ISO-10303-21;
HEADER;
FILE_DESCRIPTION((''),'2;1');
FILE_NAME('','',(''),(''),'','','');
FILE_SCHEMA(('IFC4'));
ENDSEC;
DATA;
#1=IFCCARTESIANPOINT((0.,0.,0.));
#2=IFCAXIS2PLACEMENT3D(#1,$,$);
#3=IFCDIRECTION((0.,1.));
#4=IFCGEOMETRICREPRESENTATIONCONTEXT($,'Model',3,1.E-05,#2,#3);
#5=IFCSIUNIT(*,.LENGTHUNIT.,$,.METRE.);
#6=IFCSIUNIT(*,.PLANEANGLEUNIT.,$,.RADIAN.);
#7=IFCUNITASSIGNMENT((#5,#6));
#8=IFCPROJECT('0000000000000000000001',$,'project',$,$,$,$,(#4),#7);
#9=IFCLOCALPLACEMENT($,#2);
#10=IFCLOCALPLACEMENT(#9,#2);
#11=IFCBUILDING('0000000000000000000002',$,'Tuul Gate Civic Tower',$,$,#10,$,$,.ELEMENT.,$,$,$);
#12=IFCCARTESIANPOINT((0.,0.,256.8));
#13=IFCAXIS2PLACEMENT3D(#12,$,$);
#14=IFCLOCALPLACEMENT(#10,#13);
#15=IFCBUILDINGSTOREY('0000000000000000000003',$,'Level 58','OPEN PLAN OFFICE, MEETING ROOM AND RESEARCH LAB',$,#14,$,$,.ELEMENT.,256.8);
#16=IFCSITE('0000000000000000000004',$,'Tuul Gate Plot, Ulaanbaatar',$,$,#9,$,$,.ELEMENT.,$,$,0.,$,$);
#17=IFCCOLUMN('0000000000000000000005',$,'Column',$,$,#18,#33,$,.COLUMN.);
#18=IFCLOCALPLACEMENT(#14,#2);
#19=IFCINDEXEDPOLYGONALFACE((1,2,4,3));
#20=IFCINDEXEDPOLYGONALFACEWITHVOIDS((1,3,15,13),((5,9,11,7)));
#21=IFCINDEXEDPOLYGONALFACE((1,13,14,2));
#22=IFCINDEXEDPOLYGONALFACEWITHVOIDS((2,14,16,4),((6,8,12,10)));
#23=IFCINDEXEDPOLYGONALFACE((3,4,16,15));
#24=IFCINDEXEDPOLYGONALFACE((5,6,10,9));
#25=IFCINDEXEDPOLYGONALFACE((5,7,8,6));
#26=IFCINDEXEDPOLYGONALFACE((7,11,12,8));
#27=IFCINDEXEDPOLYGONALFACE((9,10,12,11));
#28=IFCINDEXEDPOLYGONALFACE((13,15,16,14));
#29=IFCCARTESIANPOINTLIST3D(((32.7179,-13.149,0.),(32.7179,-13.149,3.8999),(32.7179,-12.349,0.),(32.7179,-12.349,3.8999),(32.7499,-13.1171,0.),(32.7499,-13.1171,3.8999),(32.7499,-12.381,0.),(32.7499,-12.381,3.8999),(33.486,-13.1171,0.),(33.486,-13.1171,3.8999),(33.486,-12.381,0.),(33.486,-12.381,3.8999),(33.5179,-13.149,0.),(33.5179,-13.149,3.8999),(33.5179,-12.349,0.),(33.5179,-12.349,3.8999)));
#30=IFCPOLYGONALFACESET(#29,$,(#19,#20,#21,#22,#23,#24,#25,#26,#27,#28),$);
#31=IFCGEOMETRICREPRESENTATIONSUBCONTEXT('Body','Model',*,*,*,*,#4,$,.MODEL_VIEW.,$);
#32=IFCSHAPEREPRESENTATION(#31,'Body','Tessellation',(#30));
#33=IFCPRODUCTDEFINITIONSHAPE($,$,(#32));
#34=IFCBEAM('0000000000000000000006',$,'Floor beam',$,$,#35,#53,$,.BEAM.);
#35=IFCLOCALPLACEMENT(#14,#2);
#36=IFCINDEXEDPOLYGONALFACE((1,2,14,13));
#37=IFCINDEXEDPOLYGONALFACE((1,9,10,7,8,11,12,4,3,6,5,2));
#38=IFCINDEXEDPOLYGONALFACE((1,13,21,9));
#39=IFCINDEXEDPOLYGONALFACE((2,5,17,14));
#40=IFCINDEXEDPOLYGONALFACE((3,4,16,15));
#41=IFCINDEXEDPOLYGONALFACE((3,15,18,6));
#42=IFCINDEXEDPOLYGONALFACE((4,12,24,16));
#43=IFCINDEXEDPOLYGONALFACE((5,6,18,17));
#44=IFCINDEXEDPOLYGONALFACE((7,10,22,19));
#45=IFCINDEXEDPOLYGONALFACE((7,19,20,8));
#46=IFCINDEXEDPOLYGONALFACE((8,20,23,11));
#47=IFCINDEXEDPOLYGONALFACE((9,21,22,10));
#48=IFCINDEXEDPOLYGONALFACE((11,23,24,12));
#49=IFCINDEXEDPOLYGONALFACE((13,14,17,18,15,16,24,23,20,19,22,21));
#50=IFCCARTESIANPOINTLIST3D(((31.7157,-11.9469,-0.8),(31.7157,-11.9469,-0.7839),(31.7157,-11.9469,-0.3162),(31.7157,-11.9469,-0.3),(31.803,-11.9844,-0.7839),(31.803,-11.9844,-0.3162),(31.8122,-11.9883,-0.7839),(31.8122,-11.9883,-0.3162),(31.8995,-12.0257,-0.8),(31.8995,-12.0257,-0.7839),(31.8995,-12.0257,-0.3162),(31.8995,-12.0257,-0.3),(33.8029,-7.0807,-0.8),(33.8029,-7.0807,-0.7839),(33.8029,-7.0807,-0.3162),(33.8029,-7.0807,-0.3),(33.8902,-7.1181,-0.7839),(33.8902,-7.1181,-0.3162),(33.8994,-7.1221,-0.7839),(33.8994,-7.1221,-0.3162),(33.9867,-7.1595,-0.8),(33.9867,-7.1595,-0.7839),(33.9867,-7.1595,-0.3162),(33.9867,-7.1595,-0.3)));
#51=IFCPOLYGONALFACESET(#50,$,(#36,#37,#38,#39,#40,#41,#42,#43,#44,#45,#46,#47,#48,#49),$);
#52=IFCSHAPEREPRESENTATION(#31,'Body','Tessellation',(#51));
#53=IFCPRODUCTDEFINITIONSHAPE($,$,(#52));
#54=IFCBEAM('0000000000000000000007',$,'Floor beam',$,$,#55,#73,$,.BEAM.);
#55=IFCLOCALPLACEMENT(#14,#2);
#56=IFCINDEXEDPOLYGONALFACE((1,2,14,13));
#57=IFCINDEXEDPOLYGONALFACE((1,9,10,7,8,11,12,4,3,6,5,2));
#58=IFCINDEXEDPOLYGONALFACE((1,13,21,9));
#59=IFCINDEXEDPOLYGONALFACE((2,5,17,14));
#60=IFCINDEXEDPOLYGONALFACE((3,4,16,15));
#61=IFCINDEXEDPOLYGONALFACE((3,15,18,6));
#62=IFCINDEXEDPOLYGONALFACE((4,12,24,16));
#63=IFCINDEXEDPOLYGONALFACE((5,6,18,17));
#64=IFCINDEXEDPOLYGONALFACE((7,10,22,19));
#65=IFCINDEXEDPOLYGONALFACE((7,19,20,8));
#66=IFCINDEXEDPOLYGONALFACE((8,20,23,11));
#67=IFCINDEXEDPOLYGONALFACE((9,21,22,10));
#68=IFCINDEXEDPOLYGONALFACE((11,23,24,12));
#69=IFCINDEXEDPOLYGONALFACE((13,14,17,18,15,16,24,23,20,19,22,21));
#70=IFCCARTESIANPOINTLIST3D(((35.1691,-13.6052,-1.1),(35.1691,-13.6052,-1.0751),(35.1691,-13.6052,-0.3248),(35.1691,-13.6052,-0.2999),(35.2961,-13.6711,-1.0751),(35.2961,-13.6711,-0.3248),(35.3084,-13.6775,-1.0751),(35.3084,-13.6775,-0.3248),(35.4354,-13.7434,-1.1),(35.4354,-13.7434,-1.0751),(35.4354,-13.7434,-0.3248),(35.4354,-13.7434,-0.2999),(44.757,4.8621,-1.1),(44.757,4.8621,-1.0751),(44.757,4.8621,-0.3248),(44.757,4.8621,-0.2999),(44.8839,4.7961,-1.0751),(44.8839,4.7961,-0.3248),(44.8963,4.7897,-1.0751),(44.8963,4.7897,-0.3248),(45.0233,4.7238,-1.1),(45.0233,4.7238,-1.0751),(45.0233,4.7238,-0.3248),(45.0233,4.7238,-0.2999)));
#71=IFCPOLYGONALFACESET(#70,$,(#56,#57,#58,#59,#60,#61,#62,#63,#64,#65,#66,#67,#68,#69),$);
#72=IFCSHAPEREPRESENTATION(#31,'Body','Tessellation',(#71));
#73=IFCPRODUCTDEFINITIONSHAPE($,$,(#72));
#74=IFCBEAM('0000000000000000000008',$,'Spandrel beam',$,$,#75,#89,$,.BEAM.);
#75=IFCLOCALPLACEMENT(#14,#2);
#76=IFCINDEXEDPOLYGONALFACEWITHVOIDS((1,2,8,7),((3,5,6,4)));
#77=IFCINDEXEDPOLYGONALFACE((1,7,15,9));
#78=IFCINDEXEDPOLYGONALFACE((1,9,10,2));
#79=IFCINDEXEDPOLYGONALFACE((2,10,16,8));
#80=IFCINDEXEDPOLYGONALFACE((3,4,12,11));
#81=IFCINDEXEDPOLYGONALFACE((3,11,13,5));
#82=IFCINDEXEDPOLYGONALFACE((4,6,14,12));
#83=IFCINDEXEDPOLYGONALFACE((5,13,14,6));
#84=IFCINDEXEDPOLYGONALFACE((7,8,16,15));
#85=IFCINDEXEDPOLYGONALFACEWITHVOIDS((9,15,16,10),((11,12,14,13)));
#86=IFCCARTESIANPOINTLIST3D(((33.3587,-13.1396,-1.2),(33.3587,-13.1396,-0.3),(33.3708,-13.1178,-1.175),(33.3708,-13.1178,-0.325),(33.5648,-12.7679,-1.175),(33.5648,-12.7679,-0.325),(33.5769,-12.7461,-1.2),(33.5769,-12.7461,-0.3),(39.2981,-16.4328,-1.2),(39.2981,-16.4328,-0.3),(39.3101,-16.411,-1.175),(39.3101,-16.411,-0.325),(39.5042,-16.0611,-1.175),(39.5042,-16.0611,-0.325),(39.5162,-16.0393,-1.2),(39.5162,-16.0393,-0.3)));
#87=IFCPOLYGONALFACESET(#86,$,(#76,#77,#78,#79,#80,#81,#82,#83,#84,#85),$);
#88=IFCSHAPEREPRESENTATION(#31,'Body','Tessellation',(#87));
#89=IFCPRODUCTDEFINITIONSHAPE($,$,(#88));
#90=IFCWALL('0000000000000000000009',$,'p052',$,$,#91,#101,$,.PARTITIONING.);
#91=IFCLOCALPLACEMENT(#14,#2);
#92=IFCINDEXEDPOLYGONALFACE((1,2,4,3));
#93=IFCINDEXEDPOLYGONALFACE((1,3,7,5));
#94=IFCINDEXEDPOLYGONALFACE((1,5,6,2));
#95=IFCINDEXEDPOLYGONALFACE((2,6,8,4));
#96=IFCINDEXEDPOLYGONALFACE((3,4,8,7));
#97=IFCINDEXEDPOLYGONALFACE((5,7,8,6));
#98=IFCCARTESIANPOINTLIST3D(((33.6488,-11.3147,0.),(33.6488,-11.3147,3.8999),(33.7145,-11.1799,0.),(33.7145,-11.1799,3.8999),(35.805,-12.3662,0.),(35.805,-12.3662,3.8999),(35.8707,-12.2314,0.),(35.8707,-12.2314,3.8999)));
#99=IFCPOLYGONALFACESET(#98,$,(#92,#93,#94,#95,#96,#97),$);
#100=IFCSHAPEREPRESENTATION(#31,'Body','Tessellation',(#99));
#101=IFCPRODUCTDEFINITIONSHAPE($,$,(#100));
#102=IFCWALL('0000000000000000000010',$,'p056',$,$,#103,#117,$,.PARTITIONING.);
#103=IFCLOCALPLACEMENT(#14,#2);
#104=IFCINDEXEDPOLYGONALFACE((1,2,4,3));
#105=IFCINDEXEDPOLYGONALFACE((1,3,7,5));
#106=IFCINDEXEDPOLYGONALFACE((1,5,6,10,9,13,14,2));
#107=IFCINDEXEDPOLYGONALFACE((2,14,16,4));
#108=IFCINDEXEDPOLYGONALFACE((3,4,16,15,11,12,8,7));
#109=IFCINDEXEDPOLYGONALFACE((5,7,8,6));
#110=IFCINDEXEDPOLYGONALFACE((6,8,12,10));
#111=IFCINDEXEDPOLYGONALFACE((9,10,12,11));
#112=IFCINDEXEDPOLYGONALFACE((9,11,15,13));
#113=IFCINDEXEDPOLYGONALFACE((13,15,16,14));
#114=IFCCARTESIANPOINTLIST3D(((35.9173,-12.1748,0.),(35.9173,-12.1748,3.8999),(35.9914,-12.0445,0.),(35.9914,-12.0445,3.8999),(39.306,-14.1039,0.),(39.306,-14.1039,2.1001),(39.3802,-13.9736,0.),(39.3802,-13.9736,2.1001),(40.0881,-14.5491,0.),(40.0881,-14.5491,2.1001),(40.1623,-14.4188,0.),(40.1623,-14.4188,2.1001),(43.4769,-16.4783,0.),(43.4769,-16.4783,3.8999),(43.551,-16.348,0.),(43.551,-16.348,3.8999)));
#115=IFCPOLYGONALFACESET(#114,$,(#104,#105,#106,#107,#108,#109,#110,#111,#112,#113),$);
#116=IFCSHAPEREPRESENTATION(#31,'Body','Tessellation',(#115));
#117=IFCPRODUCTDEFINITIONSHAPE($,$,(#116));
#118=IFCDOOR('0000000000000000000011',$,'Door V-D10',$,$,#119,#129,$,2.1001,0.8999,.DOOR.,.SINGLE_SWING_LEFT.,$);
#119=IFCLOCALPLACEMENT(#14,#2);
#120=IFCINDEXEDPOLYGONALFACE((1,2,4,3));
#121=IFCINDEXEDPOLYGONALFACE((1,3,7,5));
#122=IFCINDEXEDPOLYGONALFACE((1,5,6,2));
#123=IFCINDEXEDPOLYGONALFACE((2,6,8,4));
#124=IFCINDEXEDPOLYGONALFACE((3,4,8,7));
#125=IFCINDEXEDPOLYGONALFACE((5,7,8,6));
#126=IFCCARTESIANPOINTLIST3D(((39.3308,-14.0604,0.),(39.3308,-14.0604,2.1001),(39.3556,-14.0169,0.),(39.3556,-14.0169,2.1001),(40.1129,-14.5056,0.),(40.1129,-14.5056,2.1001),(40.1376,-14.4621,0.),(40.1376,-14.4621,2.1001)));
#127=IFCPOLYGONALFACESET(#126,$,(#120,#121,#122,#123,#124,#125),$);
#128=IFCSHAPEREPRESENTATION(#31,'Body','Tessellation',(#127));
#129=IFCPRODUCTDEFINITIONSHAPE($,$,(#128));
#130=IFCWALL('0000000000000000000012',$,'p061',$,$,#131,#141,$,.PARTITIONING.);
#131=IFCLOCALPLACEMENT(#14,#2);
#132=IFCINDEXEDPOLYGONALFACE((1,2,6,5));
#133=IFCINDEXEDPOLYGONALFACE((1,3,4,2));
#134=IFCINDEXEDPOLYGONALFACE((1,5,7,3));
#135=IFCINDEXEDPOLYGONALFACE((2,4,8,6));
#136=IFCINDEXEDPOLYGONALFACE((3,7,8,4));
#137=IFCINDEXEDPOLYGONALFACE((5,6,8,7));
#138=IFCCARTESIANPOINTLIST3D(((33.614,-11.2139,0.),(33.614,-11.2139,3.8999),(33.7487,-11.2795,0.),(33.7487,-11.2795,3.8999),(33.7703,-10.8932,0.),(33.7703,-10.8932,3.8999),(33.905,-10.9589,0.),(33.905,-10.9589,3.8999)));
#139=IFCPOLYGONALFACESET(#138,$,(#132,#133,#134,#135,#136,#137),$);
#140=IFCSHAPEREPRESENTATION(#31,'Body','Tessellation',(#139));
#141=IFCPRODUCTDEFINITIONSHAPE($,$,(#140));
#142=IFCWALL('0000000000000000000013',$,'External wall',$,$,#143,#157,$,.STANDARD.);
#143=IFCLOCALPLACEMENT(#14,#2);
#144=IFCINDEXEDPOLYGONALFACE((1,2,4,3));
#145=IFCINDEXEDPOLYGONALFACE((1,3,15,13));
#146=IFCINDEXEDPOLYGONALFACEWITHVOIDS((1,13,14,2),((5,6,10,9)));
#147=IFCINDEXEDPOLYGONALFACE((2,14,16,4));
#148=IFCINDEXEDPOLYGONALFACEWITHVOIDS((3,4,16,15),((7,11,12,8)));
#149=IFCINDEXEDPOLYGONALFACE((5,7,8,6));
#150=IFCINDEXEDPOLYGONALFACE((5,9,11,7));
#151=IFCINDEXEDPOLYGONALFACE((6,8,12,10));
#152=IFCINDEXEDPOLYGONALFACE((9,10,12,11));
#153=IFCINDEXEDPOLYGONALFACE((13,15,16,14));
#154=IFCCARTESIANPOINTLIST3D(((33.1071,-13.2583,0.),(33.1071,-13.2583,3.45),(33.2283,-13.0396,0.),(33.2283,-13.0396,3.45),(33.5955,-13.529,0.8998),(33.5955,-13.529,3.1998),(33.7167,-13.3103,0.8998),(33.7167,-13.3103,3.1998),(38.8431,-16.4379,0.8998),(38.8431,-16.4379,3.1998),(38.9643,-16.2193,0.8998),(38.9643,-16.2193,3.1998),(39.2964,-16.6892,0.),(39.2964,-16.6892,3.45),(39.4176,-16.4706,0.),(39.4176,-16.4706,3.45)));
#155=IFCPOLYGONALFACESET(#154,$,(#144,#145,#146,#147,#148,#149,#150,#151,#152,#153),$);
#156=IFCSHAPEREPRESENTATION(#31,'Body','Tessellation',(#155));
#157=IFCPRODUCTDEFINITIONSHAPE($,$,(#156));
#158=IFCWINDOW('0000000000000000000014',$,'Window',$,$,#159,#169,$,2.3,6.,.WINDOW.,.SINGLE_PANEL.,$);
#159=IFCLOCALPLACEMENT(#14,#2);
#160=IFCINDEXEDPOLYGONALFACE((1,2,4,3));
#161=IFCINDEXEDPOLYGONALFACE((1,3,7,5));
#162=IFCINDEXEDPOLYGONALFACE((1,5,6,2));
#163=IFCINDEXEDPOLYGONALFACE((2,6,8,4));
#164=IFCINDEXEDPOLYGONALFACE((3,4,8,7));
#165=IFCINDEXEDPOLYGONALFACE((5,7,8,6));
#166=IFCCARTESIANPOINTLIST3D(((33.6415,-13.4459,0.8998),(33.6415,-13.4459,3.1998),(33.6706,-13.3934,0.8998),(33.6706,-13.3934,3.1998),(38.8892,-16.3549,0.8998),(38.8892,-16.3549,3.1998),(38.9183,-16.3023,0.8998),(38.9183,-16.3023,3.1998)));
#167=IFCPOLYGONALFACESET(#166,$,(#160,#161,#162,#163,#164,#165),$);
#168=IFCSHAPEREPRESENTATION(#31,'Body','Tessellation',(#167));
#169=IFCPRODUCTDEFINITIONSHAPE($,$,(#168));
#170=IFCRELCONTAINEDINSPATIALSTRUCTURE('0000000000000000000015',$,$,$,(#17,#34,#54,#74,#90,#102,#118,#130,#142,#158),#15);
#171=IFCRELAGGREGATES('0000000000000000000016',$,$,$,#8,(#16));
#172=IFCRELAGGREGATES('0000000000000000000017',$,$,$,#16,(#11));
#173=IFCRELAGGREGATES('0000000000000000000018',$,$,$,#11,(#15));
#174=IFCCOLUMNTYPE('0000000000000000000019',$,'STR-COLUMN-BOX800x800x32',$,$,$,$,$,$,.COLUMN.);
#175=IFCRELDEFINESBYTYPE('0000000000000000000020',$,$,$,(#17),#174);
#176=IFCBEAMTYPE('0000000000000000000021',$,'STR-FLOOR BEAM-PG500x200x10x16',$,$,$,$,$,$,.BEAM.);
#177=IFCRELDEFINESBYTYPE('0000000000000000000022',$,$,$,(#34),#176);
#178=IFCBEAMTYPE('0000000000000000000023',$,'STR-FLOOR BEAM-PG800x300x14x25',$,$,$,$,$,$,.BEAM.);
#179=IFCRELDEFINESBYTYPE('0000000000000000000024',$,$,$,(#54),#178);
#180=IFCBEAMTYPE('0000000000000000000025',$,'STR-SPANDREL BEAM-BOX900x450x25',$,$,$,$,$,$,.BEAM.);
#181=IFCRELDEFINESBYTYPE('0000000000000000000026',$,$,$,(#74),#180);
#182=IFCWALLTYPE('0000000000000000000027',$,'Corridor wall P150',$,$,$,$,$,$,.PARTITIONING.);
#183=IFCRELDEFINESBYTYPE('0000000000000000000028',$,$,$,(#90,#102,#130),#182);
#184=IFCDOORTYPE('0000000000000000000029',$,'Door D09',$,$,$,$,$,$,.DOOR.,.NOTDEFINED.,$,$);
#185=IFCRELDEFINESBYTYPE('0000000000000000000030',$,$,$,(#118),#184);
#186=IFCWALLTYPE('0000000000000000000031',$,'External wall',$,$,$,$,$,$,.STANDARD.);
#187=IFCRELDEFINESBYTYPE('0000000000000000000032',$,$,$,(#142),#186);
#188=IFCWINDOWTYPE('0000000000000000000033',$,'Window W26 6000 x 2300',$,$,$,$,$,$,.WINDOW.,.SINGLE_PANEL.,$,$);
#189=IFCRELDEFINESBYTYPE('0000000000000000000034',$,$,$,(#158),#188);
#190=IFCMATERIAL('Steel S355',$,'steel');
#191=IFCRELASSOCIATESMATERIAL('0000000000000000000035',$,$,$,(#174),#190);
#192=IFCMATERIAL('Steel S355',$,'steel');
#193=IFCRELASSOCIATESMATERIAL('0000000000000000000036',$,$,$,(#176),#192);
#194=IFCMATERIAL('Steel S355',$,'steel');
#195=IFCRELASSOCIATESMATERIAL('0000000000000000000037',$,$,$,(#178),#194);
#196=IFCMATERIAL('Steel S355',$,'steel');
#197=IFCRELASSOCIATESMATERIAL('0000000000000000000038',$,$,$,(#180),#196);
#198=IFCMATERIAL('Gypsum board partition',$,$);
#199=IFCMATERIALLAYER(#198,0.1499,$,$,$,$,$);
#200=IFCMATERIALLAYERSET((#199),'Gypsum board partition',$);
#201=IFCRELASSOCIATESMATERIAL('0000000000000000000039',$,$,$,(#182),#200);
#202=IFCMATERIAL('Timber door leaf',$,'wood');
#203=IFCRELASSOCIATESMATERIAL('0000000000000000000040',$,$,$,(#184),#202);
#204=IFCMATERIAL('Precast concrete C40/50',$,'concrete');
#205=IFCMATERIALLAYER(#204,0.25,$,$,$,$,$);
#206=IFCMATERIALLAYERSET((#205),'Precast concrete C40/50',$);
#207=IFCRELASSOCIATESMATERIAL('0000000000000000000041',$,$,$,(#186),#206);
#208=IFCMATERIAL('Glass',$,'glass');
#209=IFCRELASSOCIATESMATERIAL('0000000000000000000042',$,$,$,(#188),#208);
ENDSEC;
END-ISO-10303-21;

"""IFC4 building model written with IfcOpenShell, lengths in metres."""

from ifc_helpers import new_model, si_unit, direction, frame, frame_2d, origin, origin_2d, place, context, subcontext, project, spatial, rectangle, hollow_rectangle, i_section, extrude, material, layer, layer_set, material_profile, profile_set, type_object, element, fill, save


model = new_model("IFC4")

# Units and contexts
model_context = context("Model", 3, precision=1e-05, world=origin(), true_north=direction((0.0, 1.0)))
body_context = subcontext(model_context, "Body", "Model", "MODEL_VIEW")
ifc_project = project(units=[si_unit("LENGTHUNIT", "METRE"), si_unit("PLANEANGLEUNIT", "RADIAN")], contexts=[model_context])

# Site, building, storey
site_placement = place(None, origin())
site = spatial("IfcSite", under=ifc_project, at=site_placement, Name="Tuul Gate Plot, Ulaanbaatar", CompositionType="ELEMENT", RefElevation=0.0)
building_placement = place(site_placement, origin())
building = spatial("IfcBuilding", under=site, at=building_placement, Name="Tuul Gate Civic Tower", CompositionType="ELEMENT")
storey_placement = place(building_placement, frame((0.0, 0.0, 256.8)))
storey = spatial("IfcBuildingStorey", under=building, at=storey_placement, Name="Level 58", Description="OPEN PLAN OFFICE, MEETING ROOM AND RESEARCH LAB", CompositionType="ELEMENT", Elevation=256.8)

# Column
ifc_material_1 = material(Name="Steel S355", Category="steel")
ifc_material_profile_1 = material_profile(ifc_material_1, hollow_rectangle(XDim=0.8, YDim=0.8, WallThickness=0.032, at=origin_2d()), Name="BOX800x800x32")
ifc_profile_set_1 = profile_set([ifc_material_profile_1], Name="Steel S355")
column_type = type_object("IfcColumnType", Name="STR-COLUMN-BOX800x800x32", PredefinedType="COLUMN", material=ifc_profile_set_1)
column_placement = place(storey_placement, frame((33.1179, -12.749, 0.0), z_axis=(0.0, 0.0, 1.0), x_axis=(1.0, 0.0, 0.0)))
element("IfcColumn", 1, at=column_placement, inside=storey, type_object=column_type, Name="Column", PredefinedType="COLUMN", context=body_context, shape_type="SweptSolid", body=[
    extrude(hollow_rectangle(XDim=0.8, YDim=0.8, WallThickness=0.032, at=origin_2d()), origin(), (0.0, 0.0, 1.0), 3.8999),
])

# Beams
ifc_material_2 = material(Name="Steel S355", Category="steel")
ifc_material_profile_2 = material_profile(ifc_material_2, i_section(OverallWidth=0.2, OverallDepth=0.5, WebThickness=0.01, FlangeThickness=0.0161, at=origin_2d()), Name="PG500x200x10x16")
ifc_profile_set_2 = profile_set([ifc_material_profile_2], Name="Steel S355")
beam_type_1 = type_object("IfcBeamType", Name="STR-FLOOR BEAM-PG500x200x10x16", PredefinedType="BEAM", material=ifc_profile_set_2)
beam_1_placement = place(storey_placement, frame((31.8076, -11.9863, -0.55), z_axis=(0.394181, 0.919033, 0.0), x_axis=(-0.919033, 0.394181, 0.0)))
element("IfcBeam", 2, at=beam_1_placement, inside=storey, type_object=beam_type_1, Name="Floor beam", PredefinedType="BEAM", context=body_context, shape_type="SweptSolid", body=[
    extrude(i_section(OverallWidth=0.2, OverallDepth=0.5, WebThickness=0.01, FlangeThickness=0.0161, at=origin_2d()), origin(), (0.0, 0.0, 1.0), 5.2949),
])
ifc_material_3 = material(Name="Steel S355", Category="steel")
ifc_material_profile_3 = material_profile(ifc_material_3, i_section(OverallWidth=0.3, OverallDepth=0.8, WebThickness=0.0139, FlangeThickness=0.0249, at=origin_2d()), Name="PG800x300x14x25")
ifc_profile_set_3 = profile_set([ifc_material_profile_3], Name="Steel S355")
beam_type_2 = type_object("IfcBeamType", Name="STR-FLOOR BEAM-PG800x300x14x25", PredefinedType="BEAM", material=ifc_profile_set_3)
beam_2_placement = place(storey_placement, frame((35.3022, -13.6743, -0.7), z_axis=(0.460782, 0.887514, 0.0), x_axis=(-0.887514, 0.460782, 0.0)))
element("IfcBeam", 3, at=beam_2_placement, inside=storey, type_object=beam_type_2, Name="Floor beam", PredefinedType="BEAM", context=body_context, shape_type="SweptSolid", body=[
    extrude(i_section(OverallWidth=0.3, OverallDepth=0.8, WebThickness=0.0139, FlangeThickness=0.0249, at=origin_2d()), origin(), (0.0, 0.0, 1.0), 20.8079),
])
ifc_material_4 = material(Name="Steel S355", Category="steel")
ifc_material_profile_4 = material_profile(ifc_material_4, hollow_rectangle(XDim=0.45, YDim=0.8999, WallThickness=0.0249, at=origin_2d()), Name="BOX900x450x25")
ifc_profile_set_4 = profile_set([ifc_material_profile_4], Name="Steel S355")
beam_type_3 = type_object("IfcBeamType", Name="STR-SPANDREL BEAM-BOX900x450x25", PredefinedType="BEAM", material=ifc_profile_set_4)
beam_3_placement = place(storey_placement, frame((33.4678, -12.9429, -0.75), z_axis=(0.874562, -0.484913, 0.0), x_axis=(0.484913, 0.874562, 0.0)))
element("IfcBeam", 4, at=beam_3_placement, inside=storey, type_object=beam_type_3, Name="Spandrel beam", PredefinedType="BEAM", context=body_context, shape_type="SweptSolid", body=[
    extrude(hollow_rectangle(XDim=0.45, YDim=0.8999, WallThickness=0.0249, at=origin_2d()), origin(), (0.0, 0.0, 1.0), 6.7913),
])

# Wall
ifc_material_5 = material(Name="Gypsum board partition")
ifc_layer_1 = layer(ifc_material_5, 0.1499)
ifc_layer_set_1 = layer_set([ifc_layer_1], Name="Gypsum board partition")
wall_type_1 = type_object("IfcWallType", Name="Corridor wall P150", PredefinedType="PARTITIONING", material=ifc_layer_set_1)
wall_1_placement = place(storey_placement, frame((33.6816, -11.2473, 0.0), z_axis=(0.0, 0.0, 1.0), x_axis=(0.89882, -0.438317, 0.0)))
element("IfcWall", 5, at=wall_1_placement, inside=storey, type_object=wall_type_1, Name="p052", PredefinedType="PARTITIONING", context=body_context, shape_type="SweptSolid", body=[
    extrude(rectangle(XDim=2.3989, YDim=0.1499, at=frame_2d((1.1995, 0.0))), origin(), (0.0, 0.0, 1.0), 3.8999),
])

# Wall, opening, door
wall_2_placement = place(storey_placement, frame((35.9543, -12.1096, 0.0), z_axis=(0.0, 0.0, 1.0), x_axis=(0.869049, -0.494727, 0.0)))
wall_2 = element("IfcWall", 6, at=wall_2_placement, inside=storey, type_object=wall_type_1, Name="p056", PredefinedType="PARTITIONING", context=body_context, shape_type="SweptSolid", body=[
    extrude(rectangle(XDim=8.6987, YDim=0.1499, at=frame_2d((4.3494, 0.0))), origin(), (0.0, 0.0, 1.0), 3.8999),
])
opening_1_placement = place(wall_2_placement, frame((3.8994, 0.0, 0.0)))
opening_1 = element("IfcOpeningElement", 7, at=opening_1_placement, cuts=wall_2, PredefinedType="OPENING", context=body_context, shape_type="SweptSolid", body=[
    extrude(rectangle(XDim=0.8999, YDim=2.1001, at=frame_2d((0.45, 1.05))), frame((0.0, 0.085, 0.0), z_axis=(0.0, -1.0, 0.0), x_axis=(1.0, 0.0, 0.0)), (0.0, 0.0, 1.0), 0.1699),
])
ifc_material_6 = material(Name="Timber door leaf", Category="wood")
door_type = type_object("IfcDoorType", Name="Door D09", OperationType="NOTDEFINED", PredefinedType="DOOR", material=ifc_material_6)
door_placement = place(opening_1_placement, frame((0.8999, 0.0, 0.0), z_axis=(0.0, 0.0, 1.0), x_axis=(-1.0, 0.0, 0.0)))
door = element("IfcDoor", 8, at=door_placement, inside=storey, type_object=door_type, Name="Door V-D10", OperationType="SINGLE_SWING_LEFT", OverallHeight=2.1001, OverallWidth=0.8999, PredefinedType="DOOR", context=body_context, shape_type="SweptSolid", body=[
    extrude(rectangle(XDim=0.8999, YDim=2.1001, at=frame_2d((0.45, 1.05))), frame((0.0, 0.0249, 0.0), z_axis=(0.0, -1.0, 0.0), x_axis=(1.0, 0.0, 0.0)), (0.0, 0.0, 1.0), 0.05),
])
fill(opening_1, door)

# Wall
wall_3_placement = place(storey_placement, frame((33.6814, -11.2466, 0.0), z_axis=(0.0, 0.0, 1.0), x_axis=(0.438154, 0.8989, 0.0)))
element("IfcWall", 9, at=wall_3_placement, inside=storey, type_object=wall_type_1, Name="p061", PredefinedType="PARTITIONING", context=body_context, shape_type="SweptSolid", body=[
    extrude(rectangle(XDim=0.3567, YDim=0.1499, at=frame_2d((0.1782, 0.0))), origin(), (0.0, 0.0, 1.0), 3.8999),
])

# Wall, opening, window
ifc_material_7 = material(Name="Precast concrete C40/50", Category="concrete")
ifc_layer_2 = layer(ifc_material_7, 0.25)
ifc_layer_set_2 = layer_set([ifc_layer_2], Name="Precast concrete C40/50")
wall_type_2 = type_object("IfcWallType", Name="External wall", PredefinedType="STANDARD", material=ifc_layer_set_2)
wall_4_placement = place(storey_placement, frame((33.1677, -13.1489, 0.0), z_axis=(0.0, 0.0, 1.0), x_axis=(0.874609, -0.484828, 0.0)))
wall_4 = element("IfcWall", 10, at=wall_4_placement, inside=storey, type_object=wall_type_2, Name="External wall", PredefinedType="STANDARD", context=body_context, shape_type="SweptSolid", body=[
    extrude(rectangle(XDim=7.0767, YDim=0.25, at=frame_2d((3.5383, 0.0))), origin(), (0.0, 0.0, 1.0), 3.45),
])
opening_2_placement = place(wall_4_placement, frame((0.5583, 0.0, 0.8999)))
opening_2 = element("IfcOpeningElement", 11, at=opening_2_placement, cuts=wall_4, PredefinedType="OPENING", context=body_context, shape_type="SweptSolid", body=[
    extrude(rectangle(XDim=6.0, YDim=2.3, at=frame_2d((3.0, 1.1499))), frame((0.0, 0.135, 0.0), z_axis=(0.0, -1.0, 0.0), x_axis=(1.0, 0.0, 0.0)), (0.0, 0.0, 1.0), 0.27),
])
ifc_material_8 = material(Name="Glass", Category="glass")
window_type = type_object("IfcWindowType", Name="Window W26 6000 x 2300", PartitioningType="SINGLE_PANEL", PredefinedType="WINDOW", material=ifc_material_8)
window_placement = place(opening_2_placement, origin())
window = element("IfcWindow", 12, at=window_placement, inside=storey, type_object=window_type, Name="Window", OverallHeight=2.3, OverallWidth=6.0, PartitioningType="SINGLE_PANEL", PredefinedType="WINDOW", context=body_context, shape_type="SweptSolid", body=[
    extrude(rectangle(XDim=6.0, YDim=2.3, at=frame_2d((3.0, 1.1499))), frame((0.0, 0.03, 0.0), z_axis=(0.0, -1.0, 0.0), x_axis=(1.0, 0.0, 0.0)), (0.0, 0.0, 1.0), 0.0601),
])
fill(opening_2, window)

save(model, "model.ifc")
